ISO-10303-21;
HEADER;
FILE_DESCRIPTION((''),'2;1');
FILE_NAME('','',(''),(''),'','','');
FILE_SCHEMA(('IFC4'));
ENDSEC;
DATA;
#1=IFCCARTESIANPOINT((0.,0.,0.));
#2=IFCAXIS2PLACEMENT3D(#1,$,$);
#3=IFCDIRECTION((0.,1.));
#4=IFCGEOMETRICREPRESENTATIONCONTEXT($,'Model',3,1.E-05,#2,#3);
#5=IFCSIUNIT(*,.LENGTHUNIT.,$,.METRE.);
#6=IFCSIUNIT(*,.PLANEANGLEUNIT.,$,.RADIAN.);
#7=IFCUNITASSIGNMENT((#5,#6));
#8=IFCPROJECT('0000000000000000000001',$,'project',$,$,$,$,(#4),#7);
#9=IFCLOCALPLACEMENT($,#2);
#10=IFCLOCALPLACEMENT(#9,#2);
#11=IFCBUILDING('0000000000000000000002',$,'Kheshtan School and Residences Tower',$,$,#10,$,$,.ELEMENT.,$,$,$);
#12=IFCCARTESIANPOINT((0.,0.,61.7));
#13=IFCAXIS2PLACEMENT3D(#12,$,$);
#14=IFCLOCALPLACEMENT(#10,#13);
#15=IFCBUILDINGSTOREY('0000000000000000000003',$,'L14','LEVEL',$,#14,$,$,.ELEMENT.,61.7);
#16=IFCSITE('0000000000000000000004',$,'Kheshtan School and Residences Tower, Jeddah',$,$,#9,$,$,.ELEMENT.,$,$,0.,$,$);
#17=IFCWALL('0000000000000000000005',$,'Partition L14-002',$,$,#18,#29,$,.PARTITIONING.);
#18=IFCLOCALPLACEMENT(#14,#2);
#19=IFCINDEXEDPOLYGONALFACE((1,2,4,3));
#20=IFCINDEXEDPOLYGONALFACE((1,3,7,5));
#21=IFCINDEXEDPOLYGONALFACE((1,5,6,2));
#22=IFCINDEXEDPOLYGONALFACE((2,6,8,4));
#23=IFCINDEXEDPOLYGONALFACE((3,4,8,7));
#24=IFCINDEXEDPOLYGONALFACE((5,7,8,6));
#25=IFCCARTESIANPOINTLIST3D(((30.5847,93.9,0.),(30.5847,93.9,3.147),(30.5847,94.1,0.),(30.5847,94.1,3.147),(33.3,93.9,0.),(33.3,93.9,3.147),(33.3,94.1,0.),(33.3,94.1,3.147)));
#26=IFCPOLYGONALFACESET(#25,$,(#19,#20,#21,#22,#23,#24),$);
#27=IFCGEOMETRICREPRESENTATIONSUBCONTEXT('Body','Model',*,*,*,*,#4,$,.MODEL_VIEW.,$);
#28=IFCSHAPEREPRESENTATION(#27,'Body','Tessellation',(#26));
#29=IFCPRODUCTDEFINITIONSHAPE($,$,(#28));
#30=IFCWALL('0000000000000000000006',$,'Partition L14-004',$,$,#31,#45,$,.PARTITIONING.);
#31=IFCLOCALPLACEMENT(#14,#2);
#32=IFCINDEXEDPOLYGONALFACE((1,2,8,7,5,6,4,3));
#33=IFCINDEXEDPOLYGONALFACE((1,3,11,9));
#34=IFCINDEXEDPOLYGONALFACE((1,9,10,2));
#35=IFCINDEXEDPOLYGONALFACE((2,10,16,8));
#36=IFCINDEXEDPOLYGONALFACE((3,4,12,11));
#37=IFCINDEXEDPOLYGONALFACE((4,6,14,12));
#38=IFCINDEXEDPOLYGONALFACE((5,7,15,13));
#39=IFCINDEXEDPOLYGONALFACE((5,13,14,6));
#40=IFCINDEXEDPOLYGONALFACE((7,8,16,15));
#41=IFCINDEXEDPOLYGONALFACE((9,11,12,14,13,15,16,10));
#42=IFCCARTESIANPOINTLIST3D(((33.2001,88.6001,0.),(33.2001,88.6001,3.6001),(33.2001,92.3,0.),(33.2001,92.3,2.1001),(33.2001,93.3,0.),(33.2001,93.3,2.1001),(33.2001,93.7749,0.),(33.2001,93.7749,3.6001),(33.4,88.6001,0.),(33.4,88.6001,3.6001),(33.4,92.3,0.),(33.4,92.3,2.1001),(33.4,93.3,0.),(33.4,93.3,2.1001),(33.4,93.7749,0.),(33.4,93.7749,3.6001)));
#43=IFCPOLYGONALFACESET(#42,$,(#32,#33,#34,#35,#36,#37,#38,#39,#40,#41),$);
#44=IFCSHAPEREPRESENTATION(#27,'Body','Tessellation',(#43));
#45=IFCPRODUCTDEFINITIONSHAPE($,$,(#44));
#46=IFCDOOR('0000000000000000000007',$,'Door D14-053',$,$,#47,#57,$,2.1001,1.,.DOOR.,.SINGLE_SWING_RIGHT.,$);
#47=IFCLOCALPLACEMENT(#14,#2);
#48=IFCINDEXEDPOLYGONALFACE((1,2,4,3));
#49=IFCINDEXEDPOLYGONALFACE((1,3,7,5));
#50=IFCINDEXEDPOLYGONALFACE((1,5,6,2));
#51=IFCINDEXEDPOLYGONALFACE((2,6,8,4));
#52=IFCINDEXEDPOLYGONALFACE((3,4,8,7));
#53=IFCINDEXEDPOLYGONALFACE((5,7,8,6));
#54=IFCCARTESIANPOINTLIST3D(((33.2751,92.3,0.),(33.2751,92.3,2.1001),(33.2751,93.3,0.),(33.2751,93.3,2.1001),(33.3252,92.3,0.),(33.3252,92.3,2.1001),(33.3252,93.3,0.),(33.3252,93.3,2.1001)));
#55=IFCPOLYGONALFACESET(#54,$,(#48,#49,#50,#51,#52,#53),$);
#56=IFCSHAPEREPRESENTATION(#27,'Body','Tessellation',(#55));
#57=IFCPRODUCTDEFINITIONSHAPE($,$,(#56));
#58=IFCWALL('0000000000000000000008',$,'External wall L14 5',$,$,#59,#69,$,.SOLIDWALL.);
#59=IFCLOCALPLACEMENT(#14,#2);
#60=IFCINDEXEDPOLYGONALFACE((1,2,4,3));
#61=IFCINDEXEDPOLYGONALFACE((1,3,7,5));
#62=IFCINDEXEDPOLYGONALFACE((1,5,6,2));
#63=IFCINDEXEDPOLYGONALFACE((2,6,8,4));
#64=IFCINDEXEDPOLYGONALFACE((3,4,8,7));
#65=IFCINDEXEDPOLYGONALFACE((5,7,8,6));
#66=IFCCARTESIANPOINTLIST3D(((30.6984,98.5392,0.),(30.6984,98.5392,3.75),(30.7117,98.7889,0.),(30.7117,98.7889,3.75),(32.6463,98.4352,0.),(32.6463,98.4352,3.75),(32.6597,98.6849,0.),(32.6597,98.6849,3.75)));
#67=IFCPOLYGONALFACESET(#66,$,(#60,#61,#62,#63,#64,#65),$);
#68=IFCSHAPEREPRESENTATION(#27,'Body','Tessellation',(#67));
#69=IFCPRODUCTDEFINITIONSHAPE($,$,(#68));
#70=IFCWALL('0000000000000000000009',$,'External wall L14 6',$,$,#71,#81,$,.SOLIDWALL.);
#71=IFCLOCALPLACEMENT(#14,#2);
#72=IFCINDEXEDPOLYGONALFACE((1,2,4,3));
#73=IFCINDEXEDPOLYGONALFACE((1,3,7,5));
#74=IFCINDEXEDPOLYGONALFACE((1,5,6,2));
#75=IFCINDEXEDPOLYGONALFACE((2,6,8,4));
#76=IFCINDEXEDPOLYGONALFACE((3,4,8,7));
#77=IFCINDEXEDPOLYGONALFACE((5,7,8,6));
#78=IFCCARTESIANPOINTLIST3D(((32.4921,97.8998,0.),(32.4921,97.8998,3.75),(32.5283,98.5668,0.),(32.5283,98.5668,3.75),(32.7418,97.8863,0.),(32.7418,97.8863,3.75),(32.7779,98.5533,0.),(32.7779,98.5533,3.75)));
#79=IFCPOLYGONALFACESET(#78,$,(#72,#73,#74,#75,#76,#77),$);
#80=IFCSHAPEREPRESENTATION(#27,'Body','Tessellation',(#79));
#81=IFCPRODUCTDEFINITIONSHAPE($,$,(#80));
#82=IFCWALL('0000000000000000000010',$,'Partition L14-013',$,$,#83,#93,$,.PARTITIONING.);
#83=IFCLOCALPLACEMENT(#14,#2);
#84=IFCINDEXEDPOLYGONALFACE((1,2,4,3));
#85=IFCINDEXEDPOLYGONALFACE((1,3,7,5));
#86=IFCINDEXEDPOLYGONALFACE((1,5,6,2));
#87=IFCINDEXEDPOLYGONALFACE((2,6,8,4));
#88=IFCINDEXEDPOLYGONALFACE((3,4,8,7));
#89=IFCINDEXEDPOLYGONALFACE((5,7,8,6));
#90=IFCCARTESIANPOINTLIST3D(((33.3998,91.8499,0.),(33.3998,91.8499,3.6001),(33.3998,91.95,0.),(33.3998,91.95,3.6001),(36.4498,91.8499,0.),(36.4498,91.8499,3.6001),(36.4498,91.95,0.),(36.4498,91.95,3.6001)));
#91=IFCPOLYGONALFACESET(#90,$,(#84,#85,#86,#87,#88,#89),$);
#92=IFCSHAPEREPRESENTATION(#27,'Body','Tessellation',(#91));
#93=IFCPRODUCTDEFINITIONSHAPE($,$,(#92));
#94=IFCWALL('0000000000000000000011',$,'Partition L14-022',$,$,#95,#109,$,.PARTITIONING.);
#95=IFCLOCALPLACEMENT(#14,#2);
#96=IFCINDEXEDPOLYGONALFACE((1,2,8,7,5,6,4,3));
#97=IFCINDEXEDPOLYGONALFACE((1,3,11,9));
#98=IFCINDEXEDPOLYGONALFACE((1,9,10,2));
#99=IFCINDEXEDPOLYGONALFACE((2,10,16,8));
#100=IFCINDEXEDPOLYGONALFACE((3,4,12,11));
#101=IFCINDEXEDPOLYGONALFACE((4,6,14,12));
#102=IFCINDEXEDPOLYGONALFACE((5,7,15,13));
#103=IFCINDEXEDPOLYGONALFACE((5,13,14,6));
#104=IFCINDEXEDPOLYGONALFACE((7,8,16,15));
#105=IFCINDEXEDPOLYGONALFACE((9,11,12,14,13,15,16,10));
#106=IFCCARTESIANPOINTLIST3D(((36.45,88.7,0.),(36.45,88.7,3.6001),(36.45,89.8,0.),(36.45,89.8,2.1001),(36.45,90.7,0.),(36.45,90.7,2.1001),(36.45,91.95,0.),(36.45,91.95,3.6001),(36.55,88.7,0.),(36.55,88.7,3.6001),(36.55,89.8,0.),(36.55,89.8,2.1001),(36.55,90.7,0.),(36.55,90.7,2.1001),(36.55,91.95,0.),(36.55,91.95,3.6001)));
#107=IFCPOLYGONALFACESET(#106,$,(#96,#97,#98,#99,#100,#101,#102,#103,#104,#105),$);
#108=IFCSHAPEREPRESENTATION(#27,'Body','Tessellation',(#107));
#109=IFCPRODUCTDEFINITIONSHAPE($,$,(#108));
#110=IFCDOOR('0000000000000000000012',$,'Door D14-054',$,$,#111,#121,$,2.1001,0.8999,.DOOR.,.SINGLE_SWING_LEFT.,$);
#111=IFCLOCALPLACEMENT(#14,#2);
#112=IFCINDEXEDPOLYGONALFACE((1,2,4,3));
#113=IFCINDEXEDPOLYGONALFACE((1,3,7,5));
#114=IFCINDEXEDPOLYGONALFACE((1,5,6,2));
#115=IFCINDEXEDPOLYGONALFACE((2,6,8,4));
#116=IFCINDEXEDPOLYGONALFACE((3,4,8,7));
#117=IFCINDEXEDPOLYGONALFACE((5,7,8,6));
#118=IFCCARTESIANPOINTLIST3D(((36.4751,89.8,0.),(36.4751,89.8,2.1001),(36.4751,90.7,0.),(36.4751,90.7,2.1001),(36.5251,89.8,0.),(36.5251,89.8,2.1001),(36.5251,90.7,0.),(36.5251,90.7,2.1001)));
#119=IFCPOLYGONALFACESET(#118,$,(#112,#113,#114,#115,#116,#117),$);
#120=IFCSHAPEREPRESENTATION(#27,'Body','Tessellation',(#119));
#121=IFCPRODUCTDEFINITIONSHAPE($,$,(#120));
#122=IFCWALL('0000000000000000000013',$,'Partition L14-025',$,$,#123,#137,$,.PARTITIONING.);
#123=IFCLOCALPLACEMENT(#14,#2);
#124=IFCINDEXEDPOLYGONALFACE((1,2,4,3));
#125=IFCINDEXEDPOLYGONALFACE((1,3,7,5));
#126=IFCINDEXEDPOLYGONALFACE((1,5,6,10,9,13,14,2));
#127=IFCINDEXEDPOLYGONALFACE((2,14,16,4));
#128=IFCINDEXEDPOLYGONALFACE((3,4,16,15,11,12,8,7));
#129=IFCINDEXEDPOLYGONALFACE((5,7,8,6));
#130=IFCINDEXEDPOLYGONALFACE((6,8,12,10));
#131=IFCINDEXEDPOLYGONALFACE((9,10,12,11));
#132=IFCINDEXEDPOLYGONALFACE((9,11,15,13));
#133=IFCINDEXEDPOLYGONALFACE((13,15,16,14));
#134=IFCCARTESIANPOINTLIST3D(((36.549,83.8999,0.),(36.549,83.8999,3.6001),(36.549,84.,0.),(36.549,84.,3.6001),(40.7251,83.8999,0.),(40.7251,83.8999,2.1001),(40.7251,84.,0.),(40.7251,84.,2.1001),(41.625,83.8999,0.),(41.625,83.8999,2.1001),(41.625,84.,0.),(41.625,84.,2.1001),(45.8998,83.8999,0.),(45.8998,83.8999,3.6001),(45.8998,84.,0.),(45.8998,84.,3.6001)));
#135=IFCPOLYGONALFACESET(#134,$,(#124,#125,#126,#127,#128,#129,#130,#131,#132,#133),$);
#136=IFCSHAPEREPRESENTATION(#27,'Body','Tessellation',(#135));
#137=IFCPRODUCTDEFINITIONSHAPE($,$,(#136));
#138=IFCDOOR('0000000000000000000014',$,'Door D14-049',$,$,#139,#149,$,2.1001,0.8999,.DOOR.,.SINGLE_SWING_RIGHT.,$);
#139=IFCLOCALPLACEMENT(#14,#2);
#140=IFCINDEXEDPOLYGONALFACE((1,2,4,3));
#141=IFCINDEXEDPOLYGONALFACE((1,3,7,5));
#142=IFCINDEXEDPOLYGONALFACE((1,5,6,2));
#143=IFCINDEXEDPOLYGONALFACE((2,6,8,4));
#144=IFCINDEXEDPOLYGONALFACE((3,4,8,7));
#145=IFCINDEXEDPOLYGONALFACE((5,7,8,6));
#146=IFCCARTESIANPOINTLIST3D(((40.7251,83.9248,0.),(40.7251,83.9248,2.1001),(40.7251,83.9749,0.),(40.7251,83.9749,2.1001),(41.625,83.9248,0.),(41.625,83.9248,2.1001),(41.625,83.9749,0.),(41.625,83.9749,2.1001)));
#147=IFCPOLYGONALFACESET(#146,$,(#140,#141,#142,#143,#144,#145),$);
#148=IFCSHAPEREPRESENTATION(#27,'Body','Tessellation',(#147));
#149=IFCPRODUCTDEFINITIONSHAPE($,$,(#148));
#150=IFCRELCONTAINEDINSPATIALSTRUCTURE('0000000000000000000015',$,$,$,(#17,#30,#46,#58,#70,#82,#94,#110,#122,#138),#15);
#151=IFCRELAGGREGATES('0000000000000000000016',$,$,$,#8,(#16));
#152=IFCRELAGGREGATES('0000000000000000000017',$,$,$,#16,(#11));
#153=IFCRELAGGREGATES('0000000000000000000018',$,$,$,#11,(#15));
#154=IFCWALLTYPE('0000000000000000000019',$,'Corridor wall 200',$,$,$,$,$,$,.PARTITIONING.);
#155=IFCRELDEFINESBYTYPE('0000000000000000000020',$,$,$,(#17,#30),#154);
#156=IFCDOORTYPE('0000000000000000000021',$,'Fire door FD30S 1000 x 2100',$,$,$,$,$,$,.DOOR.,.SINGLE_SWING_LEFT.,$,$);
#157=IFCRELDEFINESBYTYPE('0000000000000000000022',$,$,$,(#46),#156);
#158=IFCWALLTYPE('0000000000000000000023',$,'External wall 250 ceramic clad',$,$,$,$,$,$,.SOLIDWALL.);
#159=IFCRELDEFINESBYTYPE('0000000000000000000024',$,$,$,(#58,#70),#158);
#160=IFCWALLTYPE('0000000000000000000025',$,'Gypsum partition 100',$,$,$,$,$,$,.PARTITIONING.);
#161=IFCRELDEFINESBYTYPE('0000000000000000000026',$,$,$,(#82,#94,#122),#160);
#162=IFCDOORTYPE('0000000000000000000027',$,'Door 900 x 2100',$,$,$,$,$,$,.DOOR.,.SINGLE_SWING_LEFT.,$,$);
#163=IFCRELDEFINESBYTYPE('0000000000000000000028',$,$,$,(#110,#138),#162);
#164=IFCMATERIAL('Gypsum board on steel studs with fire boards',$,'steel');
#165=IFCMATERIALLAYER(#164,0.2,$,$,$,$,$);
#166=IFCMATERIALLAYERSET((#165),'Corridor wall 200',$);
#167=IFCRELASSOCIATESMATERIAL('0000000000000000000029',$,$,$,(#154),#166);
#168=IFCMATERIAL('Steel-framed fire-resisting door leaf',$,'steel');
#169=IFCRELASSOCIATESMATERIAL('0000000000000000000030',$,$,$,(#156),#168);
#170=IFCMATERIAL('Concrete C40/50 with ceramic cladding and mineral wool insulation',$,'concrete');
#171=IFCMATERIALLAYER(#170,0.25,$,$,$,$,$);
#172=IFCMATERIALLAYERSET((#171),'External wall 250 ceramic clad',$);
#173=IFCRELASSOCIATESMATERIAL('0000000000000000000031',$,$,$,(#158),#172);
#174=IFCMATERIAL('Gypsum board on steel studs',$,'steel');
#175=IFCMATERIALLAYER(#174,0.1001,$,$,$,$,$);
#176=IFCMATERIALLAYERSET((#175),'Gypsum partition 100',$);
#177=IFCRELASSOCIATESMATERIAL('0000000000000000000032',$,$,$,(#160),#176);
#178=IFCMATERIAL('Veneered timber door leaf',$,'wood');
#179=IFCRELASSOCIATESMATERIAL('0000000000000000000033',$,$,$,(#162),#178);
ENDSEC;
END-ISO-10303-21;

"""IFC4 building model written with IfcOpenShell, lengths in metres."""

from ifc_helpers import new_model, si_unit, direction, frame, frame_2d, origin, place, context, subcontext, project, spatial, rectangle, extrude, source, transform, mapped, material, layer, layer_set, type_object, element, fill, save


model = new_model("IFC4")

# Units and contexts
model_context = context("Model", 3, precision=1e-05, world=origin(), true_north=direction((0.0, 1.0)))
body_context = subcontext(model_context, "Body", "Model", "MODEL_VIEW")
ifc_project = project(units=[si_unit("LENGTHUNIT", "METRE"), si_unit("PLANEANGLEUNIT", "RADIAN")], contexts=[model_context])

# Site, building, storey
site_placement = place(None, origin())
site = spatial("IfcSite", under=ifc_project, at=site_placement, Name="Kheshtan School and Residences Tower, Jeddah", CompositionType="ELEMENT", RefElevation=0.0)
building_placement = place(site_placement, origin())
building = spatial("IfcBuilding", under=site, at=building_placement, Name="Kheshtan School and Residences Tower", CompositionType="ELEMENT")
storey_placement = place(building_placement, frame((0.0, 0.0, 61.7)))
storey = spatial("IfcBuildingStorey", under=building, at=storey_placement, Name="L14", Description="LEVEL", CompositionType="ELEMENT", Elevation=61.7)

# Wall
ifc_material_1 = material(Name="Gypsum board on steel studs with fire boards", Category="steel")
ifc_layer_1 = layer(ifc_material_1, 0.2)
ifc_layer_set_1 = layer_set([ifc_layer_1], Name="Corridor wall 200")
wall_type_1 = type_object("IfcWallType", Name="Corridor wall 200", PredefinedType="PARTITIONING", material=ifc_layer_set_1)
wall_1_placement = place(storey_placement, frame((30.5847, 94.0, 0.0), z_axis=(0.0, 0.0, 1.0), x_axis=(1.0, 0.0, 0.0)))
element("IfcWall", 1, at=wall_1_placement, inside=storey, type_object=wall_type_1, Name="Partition L14-002", PredefinedType="PARTITIONING", context=body_context, shape_type="SweptSolid", body=[
    extrude(rectangle(XDim=2.7153, YDim=0.2, at=frame_2d((1.3577, 0.0))), origin(), (0.0, 0.0, 1.0), 3.147),
])

# Wall, opening, door
wall_2_placement = place(storey_placement, frame((33.3, 88.6001, 0.0), z_axis=(0.0, 0.0, 1.0), x_axis=(0.0, 1.0, 0.0)))
wall_2 = element("IfcWall", 2, at=wall_2_placement, inside=storey, type_object=wall_type_1, Name="Partition L14-004", PredefinedType="PARTITIONING", context=body_context, shape_type="SweptSolid", body=[
    extrude(rectangle(XDim=5.1748, YDim=0.2, at=frame_2d((2.5874, 0.0))), origin(), (0.0, 0.0, 1.0), 3.6001),
])
opening_1_placement = place(wall_2_placement, frame((3.7, 0.0, 0.0)))
opening_1 = element("IfcOpeningElement", 3, at=opening_1_placement, cuts=wall_2, PredefinedType="OPENING", context=body_context, shape_type="SweptSolid", body=[
    extrude(rectangle(XDim=1.0, YDim=2.1001, at=frame_2d((0.5, 1.05))), frame((0.0, 0.1099, 0.0), z_axis=(0.0, -1.0, 0.0), x_axis=(1.0, 0.0, 0.0)), (0.0, 0.0, 1.0), 0.22),
])
ifc_material_2 = material(Name="Steel-framed fire-resisting door leaf", Category="steel")
door_type_1 = type_object("IfcDoorType", Name="Fire door FD30S 1000 x 2100", OperationType="SINGLE_SWING_LEFT", PredefinedType="DOOR", material=ifc_material_2)
shared_shape_1 = source(origin(), body_context, "Body", "SweptSolid", [
    extrude(rectangle(XDim=1.0, YDim=2.1001, at=frame_2d((0.5, 1.05))), frame((0.0, 0.0249, 0.0), z_axis=(0.0, -1.0, 0.0), x_axis=(1.0, 0.0, 0.0)), (0.0, 0.0, 1.0), 0.05),
])
door_1_placement = place(opening_1_placement, origin())
door_1 = element("IfcDoor", 4, at=door_1_placement, inside=storey, type_object=door_type_1, Name="Door D14-053", OperationType="SINGLE_SWING_RIGHT", OverallHeight=2.1001, OverallWidth=1.0, PredefinedType="DOOR", context=body_context, shape_type="MappedRepresentation", body=[
    mapped(shared_shape_1, transform((0.0, 0.0, 0.0), x_axis=(1.0, 0.0, 0.0), y_axis=(0.0, 1.0, 0.0), z_axis=(0.0, 0.0, 1.0), scale=1.0)),
])
fill(opening_1, door_1)

# Walls
ifc_material_3 = material(Name="Concrete C40/50 with ceramic cladding and mineral wool insulation", Category="concrete")
ifc_layer_2 = layer(ifc_material_3, 0.25)
ifc_layer_set_2 = layer_set([ifc_layer_2], Name="External wall 250 ceramic clad")
wall_type_2 = type_object("IfcWallType", Name="External wall 250 ceramic clad", PredefinedType="SOLIDWALL", material=ifc_layer_set_2)
wall_3_placement = place(storey_placement, frame((30.7051, 98.6641, 0.0), z_axis=(0.0, 0.0, 1.0), x_axis=(0.998578, -0.053314, 0.0)))
element("IfcWall", 5, at=wall_3_placement, inside=storey, type_object=wall_type_2, Name="External wall L14 5", PredefinedType="SOLIDWALL", context=body_context, shape_type="SweptSolid", body=[
    extrude(rectangle(XDim=1.9507, YDim=0.25, at=frame_2d((0.9753, 0.0))), origin(), (0.0, 0.0, 1.0), 3.75),
])
wall_4_placement = place(storey_placement, frame((32.6531, 98.5601, 0.0), z_axis=(0.0, 0.0, 1.0), x_axis=(-0.054093, -0.998536, 0.0)))
element("IfcWall", 6, at=wall_4_placement, inside=storey, type_object=wall_type_2, Name="External wall L14 6", PredefinedType="SOLIDWALL", context=body_context, shape_type="SweptSolid", body=[
    extrude(rectangle(XDim=0.668, YDim=0.25, at=frame_2d((0.334, 0.0))), origin(), (0.0, 0.0, 1.0), 3.75),
])
ifc_material_4 = material(Name="Gypsum board on steel studs", Category="steel")
ifc_layer_3 = layer(ifc_material_4, 0.1001)
ifc_layer_set_3 = layer_set([ifc_layer_3], Name="Gypsum partition 100")
wall_type_3 = type_object("IfcWallType", Name="Gypsum partition 100", PredefinedType="PARTITIONING", material=ifc_layer_set_3)
wall_5_placement = place(storey_placement, frame((33.3999, 91.8999, 0.0), z_axis=(0.0, 0.0, 1.0), x_axis=(1.0, 0.0, 0.0)))
element("IfcWall", 7, at=wall_5_placement, inside=storey, type_object=wall_type_3, Name="Partition L14-013", PredefinedType="PARTITIONING", context=body_context, shape_type="SweptSolid", body=[
    extrude(rectangle(XDim=3.05, YDim=0.1001, at=frame_2d((1.5249, 0.0))), origin(), (0.0, 0.0, 1.0), 3.6001),
])

# Walls, openings, doors
wall_6_placement = place(storey_placement, frame((36.5, 88.7, 0.0), z_axis=(0.0, 0.0, 1.0), x_axis=(0.0, 1.0, 0.0)))
wall_6 = element("IfcWall", 8, at=wall_6_placement, inside=storey, type_object=wall_type_3, Name="Partition L14-022", PredefinedType="PARTITIONING", context=body_context, shape_type="SweptSolid", body=[
    extrude(rectangle(XDim=3.25, YDim=0.1001, at=frame_2d((1.625, 0.0))), origin(), (0.0, 0.0, 1.0), 3.6001),
])
opening_2_placement = place(wall_6_placement, frame((1.1001, 0.0, 0.0)))
opening_2 = element("IfcOpeningElement", 9, at=opening_2_placement, cuts=wall_6, PredefinedType="OPENING", context=body_context, shape_type="SweptSolid", body=[
    extrude(rectangle(XDim=0.8999, YDim=2.1001, at=frame_2d((0.45, 1.05))), frame((0.0, 0.0601, 0.0), z_axis=(0.0, -1.0, 0.0), x_axis=(1.0, 0.0, 0.0)), (0.0, 0.0, 1.0), 0.1201),
])
ifc_material_5 = material(Name="Veneered timber door leaf", Category="wood")
door_type_2 = type_object("IfcDoorType", Name="Door 900 x 2100", OperationType="SINGLE_SWING_LEFT", PredefinedType="DOOR", material=ifc_material_5)
shared_shape_2 = source(origin(), body_context, "Body", "SweptSolid", [
    extrude(rectangle(XDim=0.8999, YDim=2.1001, at=frame_2d((0.45, 1.05))), frame((0.0, 0.0249, 0.0), z_axis=(0.0, -1.0, 0.0), x_axis=(1.0, 0.0, 0.0)), (0.0, 0.0, 1.0), 0.05),
])
door_2_placement = place(opening_2_placement, origin())
door_2 = element("IfcDoor", 10, at=door_2_placement, inside=storey, type_object=door_type_2, Name="Door D14-054", OperationType="SINGLE_SWING_LEFT", OverallHeight=2.1001, OverallWidth=0.8999, PredefinedType="DOOR", context=body_context, shape_type="MappedRepresentation", body=[
    mapped(shared_shape_2, transform((0.0, 0.0, 0.0), x_axis=(1.0, 0.0, 0.0), y_axis=(0.0, 1.0, 0.0), z_axis=(0.0, 0.0, 1.0), scale=1.0)),
])
fill(opening_2, door_2)
wall_7_placement = place(storey_placement, frame((36.5491, 83.95, 0.0), z_axis=(0.0, 0.0, 1.0), x_axis=(1.0, 0.0, 0.0)))
wall_7 = element("IfcWall", 11, at=wall_7_placement, inside=storey, type_object=wall_type_3, Name="Partition L14-025", PredefinedType="PARTITIONING", context=body_context, shape_type="SweptSolid", body=[
    extrude(rectangle(XDim=9.3508, YDim=0.1001, at=frame_2d((4.6753, 0.0))), origin(), (0.0, 0.0, 1.0), 3.6001),
])
opening_3_placement = place(wall_7_placement, frame((4.176, 0.0, 0.0)))
opening_3 = element("IfcOpeningElement", 12, at=opening_3_placement, cuts=wall_7, PredefinedType="OPENING", context=body_context, shape_type="SweptSolid", body=[
    extrude(rectangle(XDim=0.8999, YDim=2.1001, at=frame_2d((0.45, 1.05))), frame((0.0, 0.0601, 0.0), z_axis=(0.0, -1.0, 0.0), x_axis=(1.0, 0.0, 0.0)), (0.0, 0.0, 1.0), 0.1201),
])
door_3_placement = place(opening_3_placement, origin())
door_3 = element("IfcDoor", 13, at=door_3_placement, inside=storey, type_object=door_type_2, Name="Door D14-049", OperationType="SINGLE_SWING_RIGHT", OverallHeight=2.1001, OverallWidth=0.8999, PredefinedType="DOOR", context=body_context, shape_type="MappedRepresentation", body=[
    mapped(shared_shape_2, transform((0.0, 0.0, 0.0), x_axis=(1.0, 0.0, 0.0), y_axis=(0.0, 1.0, 0.0), z_axis=(0.0, 0.0, 1.0), scale=1.0)),
])
fill(opening_3, door_3)

save(model, "model.ifc")
